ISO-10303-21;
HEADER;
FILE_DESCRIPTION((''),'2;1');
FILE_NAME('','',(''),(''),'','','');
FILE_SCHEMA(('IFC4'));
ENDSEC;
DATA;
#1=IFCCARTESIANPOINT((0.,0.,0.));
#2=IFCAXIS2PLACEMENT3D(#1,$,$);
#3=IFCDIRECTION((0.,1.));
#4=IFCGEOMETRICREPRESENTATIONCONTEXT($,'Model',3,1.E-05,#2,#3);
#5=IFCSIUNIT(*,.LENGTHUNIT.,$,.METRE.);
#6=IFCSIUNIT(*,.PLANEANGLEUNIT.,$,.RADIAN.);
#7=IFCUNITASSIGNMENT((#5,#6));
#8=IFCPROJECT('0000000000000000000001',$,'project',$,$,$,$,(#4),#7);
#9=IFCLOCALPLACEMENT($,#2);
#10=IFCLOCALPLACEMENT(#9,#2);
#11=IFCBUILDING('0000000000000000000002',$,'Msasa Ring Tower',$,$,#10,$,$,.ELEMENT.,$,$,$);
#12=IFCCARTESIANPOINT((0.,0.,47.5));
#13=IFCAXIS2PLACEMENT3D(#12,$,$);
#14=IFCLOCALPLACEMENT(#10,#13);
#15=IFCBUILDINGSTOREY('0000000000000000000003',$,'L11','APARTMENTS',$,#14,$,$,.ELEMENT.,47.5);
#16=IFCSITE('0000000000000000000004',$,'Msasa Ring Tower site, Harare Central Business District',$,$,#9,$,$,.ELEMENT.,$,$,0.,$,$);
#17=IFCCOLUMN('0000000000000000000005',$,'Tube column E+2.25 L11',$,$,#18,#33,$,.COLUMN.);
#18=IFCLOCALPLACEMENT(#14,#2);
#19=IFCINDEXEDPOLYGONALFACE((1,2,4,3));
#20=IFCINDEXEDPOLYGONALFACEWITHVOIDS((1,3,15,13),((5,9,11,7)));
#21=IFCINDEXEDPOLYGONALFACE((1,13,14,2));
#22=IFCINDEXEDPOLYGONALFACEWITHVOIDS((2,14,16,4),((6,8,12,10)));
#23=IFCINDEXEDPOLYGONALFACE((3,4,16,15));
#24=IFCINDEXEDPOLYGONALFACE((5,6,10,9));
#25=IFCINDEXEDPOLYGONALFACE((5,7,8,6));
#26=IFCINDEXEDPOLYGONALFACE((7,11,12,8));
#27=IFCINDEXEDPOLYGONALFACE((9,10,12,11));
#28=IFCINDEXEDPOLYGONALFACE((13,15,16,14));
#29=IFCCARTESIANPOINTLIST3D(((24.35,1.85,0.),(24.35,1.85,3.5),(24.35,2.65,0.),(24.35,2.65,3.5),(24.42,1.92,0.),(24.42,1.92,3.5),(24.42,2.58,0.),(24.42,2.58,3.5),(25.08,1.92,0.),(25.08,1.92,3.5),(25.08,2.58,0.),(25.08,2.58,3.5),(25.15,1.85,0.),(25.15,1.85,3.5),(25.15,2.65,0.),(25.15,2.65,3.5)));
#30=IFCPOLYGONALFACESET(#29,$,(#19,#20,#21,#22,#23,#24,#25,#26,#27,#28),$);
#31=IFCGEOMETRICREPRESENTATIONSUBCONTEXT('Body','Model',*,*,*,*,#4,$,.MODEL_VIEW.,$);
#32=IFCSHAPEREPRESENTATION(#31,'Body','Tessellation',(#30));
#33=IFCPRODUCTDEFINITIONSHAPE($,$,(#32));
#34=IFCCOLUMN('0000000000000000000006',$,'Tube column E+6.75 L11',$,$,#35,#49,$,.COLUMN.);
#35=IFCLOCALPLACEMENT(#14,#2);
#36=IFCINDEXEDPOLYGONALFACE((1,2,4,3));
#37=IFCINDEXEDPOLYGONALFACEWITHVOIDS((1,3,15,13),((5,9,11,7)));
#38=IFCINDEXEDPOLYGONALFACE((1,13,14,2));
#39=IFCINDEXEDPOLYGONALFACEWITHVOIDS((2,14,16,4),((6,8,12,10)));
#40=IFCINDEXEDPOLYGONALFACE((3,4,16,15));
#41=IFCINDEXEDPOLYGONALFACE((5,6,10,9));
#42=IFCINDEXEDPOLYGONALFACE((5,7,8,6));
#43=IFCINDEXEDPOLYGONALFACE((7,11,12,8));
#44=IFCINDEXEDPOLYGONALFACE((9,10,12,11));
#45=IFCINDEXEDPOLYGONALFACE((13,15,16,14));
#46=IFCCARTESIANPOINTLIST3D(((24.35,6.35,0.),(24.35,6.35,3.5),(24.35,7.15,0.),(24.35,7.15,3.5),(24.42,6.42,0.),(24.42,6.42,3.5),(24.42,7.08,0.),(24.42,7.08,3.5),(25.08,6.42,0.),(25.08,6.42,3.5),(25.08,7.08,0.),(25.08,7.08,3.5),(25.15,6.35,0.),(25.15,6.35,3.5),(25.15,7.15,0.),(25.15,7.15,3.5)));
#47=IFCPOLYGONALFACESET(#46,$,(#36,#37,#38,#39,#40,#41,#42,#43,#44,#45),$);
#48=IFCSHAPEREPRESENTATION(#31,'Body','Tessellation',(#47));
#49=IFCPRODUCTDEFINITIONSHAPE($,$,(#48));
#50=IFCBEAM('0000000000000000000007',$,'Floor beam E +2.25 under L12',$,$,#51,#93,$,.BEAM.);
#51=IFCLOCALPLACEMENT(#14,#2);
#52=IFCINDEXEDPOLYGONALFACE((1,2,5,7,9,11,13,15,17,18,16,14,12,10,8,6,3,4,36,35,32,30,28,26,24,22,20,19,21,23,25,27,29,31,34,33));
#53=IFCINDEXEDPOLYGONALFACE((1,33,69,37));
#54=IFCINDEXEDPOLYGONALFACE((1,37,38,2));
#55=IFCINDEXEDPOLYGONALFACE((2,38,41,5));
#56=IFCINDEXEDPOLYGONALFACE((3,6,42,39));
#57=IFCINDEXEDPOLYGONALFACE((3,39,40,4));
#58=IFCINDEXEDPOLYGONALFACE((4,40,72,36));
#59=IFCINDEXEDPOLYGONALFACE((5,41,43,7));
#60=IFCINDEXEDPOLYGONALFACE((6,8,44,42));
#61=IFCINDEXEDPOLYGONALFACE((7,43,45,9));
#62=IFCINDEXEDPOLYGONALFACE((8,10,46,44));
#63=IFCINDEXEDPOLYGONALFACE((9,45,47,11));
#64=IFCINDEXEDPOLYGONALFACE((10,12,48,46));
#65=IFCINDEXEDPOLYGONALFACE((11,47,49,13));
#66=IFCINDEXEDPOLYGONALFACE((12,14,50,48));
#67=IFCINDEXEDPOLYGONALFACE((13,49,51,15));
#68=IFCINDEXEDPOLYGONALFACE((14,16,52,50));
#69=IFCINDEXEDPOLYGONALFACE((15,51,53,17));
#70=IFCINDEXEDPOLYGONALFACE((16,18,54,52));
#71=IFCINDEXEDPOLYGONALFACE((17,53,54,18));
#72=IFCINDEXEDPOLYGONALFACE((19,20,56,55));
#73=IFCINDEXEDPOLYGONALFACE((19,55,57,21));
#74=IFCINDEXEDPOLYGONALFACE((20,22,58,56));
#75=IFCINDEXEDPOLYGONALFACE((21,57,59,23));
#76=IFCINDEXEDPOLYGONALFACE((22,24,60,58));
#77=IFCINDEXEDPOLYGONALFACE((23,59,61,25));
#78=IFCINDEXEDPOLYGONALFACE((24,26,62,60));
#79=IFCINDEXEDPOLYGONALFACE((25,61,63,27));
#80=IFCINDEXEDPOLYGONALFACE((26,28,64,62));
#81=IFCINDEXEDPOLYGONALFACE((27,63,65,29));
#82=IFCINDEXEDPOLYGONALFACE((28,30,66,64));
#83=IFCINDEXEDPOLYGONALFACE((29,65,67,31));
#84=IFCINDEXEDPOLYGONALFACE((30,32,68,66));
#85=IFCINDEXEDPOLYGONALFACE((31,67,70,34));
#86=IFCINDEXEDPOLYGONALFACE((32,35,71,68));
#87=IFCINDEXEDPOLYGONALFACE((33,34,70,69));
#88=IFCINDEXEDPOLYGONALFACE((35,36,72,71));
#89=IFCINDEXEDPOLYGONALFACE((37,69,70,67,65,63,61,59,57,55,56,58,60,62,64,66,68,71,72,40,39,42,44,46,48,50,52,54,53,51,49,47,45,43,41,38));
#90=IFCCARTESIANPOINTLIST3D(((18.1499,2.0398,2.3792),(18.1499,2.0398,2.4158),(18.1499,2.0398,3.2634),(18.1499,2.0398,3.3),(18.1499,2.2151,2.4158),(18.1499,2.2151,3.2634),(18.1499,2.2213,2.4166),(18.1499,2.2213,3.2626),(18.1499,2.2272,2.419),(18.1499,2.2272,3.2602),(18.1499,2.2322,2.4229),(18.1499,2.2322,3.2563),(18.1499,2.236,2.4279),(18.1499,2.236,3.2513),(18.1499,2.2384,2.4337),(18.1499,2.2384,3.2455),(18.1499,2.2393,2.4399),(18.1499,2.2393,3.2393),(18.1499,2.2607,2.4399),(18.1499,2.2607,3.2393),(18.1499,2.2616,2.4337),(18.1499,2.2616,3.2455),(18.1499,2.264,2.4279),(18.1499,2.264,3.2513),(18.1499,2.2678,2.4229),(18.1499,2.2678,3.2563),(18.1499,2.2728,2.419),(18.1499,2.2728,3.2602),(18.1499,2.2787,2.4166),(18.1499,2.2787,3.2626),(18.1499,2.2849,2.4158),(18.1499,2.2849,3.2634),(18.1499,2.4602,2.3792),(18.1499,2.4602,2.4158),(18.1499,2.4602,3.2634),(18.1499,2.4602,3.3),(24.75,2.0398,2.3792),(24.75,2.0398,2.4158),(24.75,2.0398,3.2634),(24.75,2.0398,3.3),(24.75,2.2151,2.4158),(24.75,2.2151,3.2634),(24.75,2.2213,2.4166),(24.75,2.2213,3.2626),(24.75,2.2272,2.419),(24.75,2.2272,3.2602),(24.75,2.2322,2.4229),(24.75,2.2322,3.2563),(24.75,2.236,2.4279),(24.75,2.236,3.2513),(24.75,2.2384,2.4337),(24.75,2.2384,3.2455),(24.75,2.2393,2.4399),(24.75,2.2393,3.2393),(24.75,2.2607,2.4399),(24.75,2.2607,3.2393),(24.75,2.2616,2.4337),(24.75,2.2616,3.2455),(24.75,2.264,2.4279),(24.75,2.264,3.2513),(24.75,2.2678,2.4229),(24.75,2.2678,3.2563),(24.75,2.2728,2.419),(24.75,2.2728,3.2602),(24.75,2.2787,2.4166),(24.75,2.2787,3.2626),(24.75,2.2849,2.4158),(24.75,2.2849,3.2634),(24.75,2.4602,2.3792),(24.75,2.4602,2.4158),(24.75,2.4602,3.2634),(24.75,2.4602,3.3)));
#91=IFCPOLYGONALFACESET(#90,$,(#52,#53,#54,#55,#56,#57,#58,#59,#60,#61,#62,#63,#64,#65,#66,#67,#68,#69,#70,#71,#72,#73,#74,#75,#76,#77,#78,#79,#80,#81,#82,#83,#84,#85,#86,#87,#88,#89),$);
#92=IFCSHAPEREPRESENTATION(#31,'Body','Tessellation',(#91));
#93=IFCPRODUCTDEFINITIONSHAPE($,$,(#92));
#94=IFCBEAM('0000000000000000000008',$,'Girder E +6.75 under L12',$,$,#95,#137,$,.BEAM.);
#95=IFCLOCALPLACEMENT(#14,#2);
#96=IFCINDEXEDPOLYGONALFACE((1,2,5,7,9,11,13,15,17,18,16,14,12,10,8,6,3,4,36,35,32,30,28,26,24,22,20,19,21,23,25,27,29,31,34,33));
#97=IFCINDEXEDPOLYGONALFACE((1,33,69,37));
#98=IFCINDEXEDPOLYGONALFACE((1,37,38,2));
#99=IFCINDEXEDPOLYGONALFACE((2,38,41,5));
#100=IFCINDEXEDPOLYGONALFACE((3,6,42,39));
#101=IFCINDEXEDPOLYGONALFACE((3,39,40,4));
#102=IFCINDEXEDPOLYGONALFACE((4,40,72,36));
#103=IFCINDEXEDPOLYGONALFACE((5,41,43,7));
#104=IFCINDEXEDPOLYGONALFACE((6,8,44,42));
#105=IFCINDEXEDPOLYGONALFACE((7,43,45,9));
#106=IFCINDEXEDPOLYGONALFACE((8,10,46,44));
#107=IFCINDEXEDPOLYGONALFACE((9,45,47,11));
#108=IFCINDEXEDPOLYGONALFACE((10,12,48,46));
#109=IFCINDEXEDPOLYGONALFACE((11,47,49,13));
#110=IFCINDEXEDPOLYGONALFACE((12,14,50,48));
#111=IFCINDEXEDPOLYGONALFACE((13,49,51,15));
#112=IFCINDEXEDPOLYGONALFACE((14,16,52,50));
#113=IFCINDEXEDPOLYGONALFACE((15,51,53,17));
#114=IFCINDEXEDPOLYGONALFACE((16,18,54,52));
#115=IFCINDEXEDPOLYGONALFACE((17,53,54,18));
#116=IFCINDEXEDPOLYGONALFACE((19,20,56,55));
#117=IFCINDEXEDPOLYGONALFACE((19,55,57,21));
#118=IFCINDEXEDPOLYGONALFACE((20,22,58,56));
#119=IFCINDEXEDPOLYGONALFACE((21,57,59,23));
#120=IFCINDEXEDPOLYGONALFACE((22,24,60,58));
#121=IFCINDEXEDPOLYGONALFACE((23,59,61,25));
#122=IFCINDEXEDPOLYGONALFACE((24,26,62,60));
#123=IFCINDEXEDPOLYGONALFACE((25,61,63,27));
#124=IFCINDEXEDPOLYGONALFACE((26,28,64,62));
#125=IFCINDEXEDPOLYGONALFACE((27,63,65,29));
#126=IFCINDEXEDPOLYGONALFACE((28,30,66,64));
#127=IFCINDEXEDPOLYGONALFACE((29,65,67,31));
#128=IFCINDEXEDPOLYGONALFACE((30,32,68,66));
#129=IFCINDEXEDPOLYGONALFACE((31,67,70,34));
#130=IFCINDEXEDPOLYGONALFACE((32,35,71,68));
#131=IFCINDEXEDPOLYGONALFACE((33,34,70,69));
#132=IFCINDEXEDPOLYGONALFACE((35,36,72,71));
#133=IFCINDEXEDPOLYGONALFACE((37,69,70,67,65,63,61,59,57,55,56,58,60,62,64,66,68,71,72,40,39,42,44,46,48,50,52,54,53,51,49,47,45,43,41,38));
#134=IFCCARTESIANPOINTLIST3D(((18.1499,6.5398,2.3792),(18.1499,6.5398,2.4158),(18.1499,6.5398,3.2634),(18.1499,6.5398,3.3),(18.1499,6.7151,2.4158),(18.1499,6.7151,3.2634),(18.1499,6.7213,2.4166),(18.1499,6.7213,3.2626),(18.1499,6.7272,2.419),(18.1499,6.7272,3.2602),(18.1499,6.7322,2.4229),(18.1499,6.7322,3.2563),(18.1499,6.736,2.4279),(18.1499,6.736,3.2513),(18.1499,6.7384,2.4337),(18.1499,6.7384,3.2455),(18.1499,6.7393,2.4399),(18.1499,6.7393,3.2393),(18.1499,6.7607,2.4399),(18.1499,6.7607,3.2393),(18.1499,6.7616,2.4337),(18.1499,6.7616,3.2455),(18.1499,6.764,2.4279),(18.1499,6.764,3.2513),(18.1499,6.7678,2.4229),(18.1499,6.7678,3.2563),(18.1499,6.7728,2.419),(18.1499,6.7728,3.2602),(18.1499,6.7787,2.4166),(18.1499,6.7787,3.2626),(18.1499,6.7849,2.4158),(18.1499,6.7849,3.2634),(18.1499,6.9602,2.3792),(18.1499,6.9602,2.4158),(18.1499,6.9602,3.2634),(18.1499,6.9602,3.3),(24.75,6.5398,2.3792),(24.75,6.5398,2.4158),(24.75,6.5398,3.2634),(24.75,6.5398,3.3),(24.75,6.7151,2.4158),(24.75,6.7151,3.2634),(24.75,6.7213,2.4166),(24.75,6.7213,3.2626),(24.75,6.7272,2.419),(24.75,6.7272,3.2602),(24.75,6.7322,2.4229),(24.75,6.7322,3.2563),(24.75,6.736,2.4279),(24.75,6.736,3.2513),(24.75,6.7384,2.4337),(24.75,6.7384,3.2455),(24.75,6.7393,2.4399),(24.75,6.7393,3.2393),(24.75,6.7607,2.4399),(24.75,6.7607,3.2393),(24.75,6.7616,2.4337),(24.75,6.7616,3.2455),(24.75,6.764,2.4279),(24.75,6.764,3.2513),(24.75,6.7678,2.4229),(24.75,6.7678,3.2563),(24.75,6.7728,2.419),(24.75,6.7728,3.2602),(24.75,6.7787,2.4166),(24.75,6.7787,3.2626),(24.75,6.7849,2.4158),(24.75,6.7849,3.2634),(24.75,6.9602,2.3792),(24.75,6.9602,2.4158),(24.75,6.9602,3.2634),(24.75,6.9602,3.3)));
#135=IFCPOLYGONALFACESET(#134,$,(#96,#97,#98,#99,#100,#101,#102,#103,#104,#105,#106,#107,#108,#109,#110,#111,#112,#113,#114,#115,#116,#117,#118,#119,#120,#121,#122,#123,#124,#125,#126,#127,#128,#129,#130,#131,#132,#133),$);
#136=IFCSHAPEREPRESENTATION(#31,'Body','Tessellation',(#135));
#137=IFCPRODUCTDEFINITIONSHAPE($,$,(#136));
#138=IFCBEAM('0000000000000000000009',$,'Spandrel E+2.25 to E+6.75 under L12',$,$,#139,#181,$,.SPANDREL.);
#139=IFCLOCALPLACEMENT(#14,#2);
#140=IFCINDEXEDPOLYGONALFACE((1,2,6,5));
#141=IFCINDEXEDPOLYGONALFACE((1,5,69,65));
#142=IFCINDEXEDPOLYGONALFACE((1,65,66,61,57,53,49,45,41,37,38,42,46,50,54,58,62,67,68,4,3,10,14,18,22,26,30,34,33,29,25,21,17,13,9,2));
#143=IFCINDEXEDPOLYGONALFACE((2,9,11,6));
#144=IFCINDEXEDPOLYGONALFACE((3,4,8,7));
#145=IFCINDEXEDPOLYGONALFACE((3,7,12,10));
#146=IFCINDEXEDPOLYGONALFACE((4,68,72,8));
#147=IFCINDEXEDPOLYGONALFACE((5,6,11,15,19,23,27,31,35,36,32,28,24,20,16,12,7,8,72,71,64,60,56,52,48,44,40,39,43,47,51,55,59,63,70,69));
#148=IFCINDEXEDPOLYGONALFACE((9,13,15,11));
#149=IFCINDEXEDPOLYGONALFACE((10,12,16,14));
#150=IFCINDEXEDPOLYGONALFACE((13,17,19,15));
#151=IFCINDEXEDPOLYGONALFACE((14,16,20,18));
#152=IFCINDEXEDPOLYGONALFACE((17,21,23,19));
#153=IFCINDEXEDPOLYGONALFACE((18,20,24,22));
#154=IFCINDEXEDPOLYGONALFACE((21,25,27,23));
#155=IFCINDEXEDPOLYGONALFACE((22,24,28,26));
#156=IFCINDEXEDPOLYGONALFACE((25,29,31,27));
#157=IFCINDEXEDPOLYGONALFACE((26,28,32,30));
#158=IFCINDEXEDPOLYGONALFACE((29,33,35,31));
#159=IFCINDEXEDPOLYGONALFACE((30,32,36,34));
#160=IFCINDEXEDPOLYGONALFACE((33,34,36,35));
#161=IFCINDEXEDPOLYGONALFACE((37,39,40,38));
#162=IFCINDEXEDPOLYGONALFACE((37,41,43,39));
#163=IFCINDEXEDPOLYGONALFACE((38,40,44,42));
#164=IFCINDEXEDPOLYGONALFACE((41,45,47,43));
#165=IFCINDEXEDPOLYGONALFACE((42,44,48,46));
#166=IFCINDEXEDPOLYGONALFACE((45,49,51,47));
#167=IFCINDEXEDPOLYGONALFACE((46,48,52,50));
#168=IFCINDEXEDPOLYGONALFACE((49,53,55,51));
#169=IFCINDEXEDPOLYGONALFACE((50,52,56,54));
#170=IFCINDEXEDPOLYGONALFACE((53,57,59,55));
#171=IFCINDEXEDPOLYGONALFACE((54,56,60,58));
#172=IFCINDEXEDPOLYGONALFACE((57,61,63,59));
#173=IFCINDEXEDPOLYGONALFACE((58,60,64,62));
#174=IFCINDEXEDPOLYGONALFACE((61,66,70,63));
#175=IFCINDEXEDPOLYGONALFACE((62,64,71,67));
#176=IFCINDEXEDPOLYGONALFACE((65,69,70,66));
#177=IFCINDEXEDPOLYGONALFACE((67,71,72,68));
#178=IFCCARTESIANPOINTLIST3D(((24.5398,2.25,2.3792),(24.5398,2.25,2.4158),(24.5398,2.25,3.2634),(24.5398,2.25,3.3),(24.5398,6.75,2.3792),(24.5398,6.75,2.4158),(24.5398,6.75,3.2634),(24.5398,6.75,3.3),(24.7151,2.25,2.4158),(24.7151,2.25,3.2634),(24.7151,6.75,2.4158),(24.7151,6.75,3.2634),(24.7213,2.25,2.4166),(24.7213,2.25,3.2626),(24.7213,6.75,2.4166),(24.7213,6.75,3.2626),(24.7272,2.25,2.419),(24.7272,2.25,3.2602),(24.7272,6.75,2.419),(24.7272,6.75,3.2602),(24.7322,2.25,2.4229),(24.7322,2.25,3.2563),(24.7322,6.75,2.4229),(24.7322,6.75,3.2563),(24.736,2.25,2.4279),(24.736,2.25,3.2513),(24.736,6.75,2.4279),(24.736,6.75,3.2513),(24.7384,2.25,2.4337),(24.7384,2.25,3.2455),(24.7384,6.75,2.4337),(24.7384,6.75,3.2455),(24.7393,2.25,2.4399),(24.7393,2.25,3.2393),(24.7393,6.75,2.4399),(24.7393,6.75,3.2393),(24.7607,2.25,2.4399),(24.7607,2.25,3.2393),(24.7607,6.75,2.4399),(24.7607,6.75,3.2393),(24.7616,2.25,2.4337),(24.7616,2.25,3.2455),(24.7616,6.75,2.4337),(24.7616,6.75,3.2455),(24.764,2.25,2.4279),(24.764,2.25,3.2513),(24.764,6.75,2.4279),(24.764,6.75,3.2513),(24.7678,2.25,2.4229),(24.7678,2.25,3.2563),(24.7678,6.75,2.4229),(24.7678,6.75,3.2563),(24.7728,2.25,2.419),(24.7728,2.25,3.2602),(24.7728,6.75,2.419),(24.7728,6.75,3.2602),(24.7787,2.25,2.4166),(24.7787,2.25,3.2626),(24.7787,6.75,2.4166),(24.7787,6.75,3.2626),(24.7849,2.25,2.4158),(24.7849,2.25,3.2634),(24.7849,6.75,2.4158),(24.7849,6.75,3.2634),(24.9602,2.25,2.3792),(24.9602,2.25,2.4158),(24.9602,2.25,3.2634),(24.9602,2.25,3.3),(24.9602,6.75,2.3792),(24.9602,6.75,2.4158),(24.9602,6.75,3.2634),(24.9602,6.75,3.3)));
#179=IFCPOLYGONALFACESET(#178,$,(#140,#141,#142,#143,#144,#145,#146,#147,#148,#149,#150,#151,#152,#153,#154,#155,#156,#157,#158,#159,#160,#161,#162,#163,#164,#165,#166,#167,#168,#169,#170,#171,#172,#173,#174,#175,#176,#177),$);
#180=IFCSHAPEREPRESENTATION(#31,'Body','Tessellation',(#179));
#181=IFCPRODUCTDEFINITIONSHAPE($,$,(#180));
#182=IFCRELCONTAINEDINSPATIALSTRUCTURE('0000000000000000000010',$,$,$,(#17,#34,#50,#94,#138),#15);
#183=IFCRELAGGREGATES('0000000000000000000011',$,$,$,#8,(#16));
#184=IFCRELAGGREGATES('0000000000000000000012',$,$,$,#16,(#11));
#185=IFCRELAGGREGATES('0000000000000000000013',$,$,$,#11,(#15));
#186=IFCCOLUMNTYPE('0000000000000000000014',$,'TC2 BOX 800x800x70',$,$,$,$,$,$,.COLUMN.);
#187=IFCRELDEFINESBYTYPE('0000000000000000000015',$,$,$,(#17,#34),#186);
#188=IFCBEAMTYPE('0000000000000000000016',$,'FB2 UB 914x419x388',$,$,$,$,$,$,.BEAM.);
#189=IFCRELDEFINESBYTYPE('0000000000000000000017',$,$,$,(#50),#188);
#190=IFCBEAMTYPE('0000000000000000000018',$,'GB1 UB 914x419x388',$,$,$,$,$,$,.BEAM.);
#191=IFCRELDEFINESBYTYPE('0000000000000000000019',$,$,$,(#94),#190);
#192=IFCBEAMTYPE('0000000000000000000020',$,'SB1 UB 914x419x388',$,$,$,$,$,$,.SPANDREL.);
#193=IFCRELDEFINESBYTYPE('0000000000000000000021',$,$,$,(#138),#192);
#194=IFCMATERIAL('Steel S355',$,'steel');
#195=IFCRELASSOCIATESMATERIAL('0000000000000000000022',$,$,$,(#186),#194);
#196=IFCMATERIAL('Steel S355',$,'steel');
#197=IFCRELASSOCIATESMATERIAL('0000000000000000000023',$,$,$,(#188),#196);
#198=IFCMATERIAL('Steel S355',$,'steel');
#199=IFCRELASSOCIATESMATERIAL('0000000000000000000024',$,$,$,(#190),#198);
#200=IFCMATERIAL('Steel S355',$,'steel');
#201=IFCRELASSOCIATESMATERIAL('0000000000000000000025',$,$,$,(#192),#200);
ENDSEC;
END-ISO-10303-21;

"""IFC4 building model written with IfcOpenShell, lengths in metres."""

from ifc_helpers import new_model, si_unit, direction, frame, origin, origin_2d, place, context, subcontext, project, spatial, hollow_rectangle, i_section, extrude, material, material_profile, profile_set, type_object, element, save


model = new_model("IFC4")

# Units and contexts
model_context = context("Model", 3, precision=1e-05, world=origin(), true_north=direction((0.0, 1.0)))
body_context = subcontext(model_context, "Body", "Model", "MODEL_VIEW")
ifc_project = project(units=[si_unit("LENGTHUNIT", "METRE"), si_unit("PLANEANGLEUNIT", "RADIAN")], contexts=[model_context])

# Site, building, storey
site_placement = place(None, origin())
site = spatial("IfcSite", under=ifc_project, at=site_placement, Name="Msasa Ring Tower site, Harare Central Business District", CompositionType="ELEMENT", RefElevation=0.0)
building_placement = place(site_placement, origin())
building = spatial("IfcBuilding", under=site, at=building_placement, Name="Msasa Ring Tower", CompositionType="ELEMENT")
storey_placement = place(building_placement, frame((0.0, 0.0, 47.5)))
storey = spatial("IfcBuildingStorey", under=building, at=storey_placement, Name="L11", Description="APARTMENTS", CompositionType="ELEMENT", Elevation=47.5)

# Columns
ifc_material_1 = material(Name="Steel S355", Category="steel")
ifc_material_profile_1 = material_profile(ifc_material_1, hollow_rectangle(XDim=0.8, YDim=0.8, WallThickness=0.0701, at=origin_2d()), Name="BOX 800x800x70")
ifc_profile_set_1 = profile_set([ifc_material_profile_1], Name="Steel S355")
column_type = type_object("IfcColumnType", Name="TC2 BOX 800x800x70", PredefinedType="COLUMN", material=ifc_profile_set_1)
for number, where, z_axis, x_axis, name in (
    (1, (24.75, 2.25, 0.0), (0.0, 0.0, 1.0), (1.0, 0.0, 0.0), "Tube column E+2.25 L11"),
    (2, (24.75, 6.75, 0.0), (0.0, 0.0, 1.0), (1.0, 0.0, 0.0), "Tube column E+6.75 L11"),
):
    element("IfcColumn", number, at=place(storey_placement, frame(where, z_axis=z_axis, x_axis=x_axis)), inside=storey, type_object=column_type, Name=name, PredefinedType="COLUMN", context=body_context, shape_type="SweptSolid", body=[
        extrude(hollow_rectangle(XDim=0.8, YDim=0.8, WallThickness=0.0701, at=origin_2d()), origin(), (0.0, 0.0, 1.0), 3.5),
    ])

# Beams
ifc_material_2 = material(Name="Steel S355", Category="steel")
ifc_material_profile_2 = material_profile(ifc_material_2, i_section(OverallWidth=0.4204, OverallDepth=0.9209, WebThickness=0.0215, FlangeThickness=0.0366, FilletRadius=0.0242, at=origin_2d()), Name="UB 914x419x388")
ifc_profile_set_2 = profile_set([ifc_material_profile_2], Name="Steel S355")
beam_type_1 = type_object("IfcBeamType", Name="FB2 UB 914x419x388", PredefinedType="BEAM", material=ifc_profile_set_2)
beam_1_placement = place(storey_placement, frame((24.75, 2.25, 2.8396), z_axis=(-1.0, 0.0, 0.0), x_axis=(0.0, -1.0, 0.0)))
element("IfcBeam", 3, at=beam_1_placement, inside=storey, type_object=beam_type_1, Name="Floor beam E +2.25 under L12", PredefinedType="BEAM", context=body_context, shape_type="SweptSolid", body=[
    extrude(i_section(OverallWidth=0.4204, OverallDepth=0.9209, WebThickness=0.0215, FlangeThickness=0.0366, FilletRadius=0.0242, at=origin_2d()), origin(), (0.0, 0.0, 1.0), 6.6001),
])
ifc_material_3 = material(Name="Steel S355", Category="steel")
ifc_material_profile_3 = material_profile(ifc_material_3, i_section(OverallWidth=0.4204, OverallDepth=0.9209, WebThickness=0.0215, FlangeThickness=0.0366, FilletRadius=0.0242, at=origin_2d()), Name="UB 914x419x388")
ifc_profile_set_3 = profile_set([ifc_material_profile_3], Name="Steel S355")
beam_type_2 = type_object("IfcBeamType", Name="GB1 UB 914x419x388", PredefinedType="BEAM", material=ifc_profile_set_3)
beam_2_placement = place(storey_placement, frame((18.1499, 6.75, 2.8396), z_axis=(1.0, 0.0, 0.0), x_axis=(0.0, 1.0, 0.0)))
element("IfcBeam", 4, at=beam_2_placement, inside=storey, type_object=beam_type_2, Name="Girder E +6.75 under L12", PredefinedType="BEAM", context=body_context, shape_type="SweptSolid", body=[
    extrude(i_section(OverallWidth=0.4204, OverallDepth=0.9209, WebThickness=0.0215, FlangeThickness=0.0366, FilletRadius=0.0242, at=origin_2d()), origin(), (0.0, 0.0, 1.0), 6.6001),
])
ifc_material_4 = material(Name="Steel S355", Category="steel")
ifc_material_profile_4 = material_profile(ifc_material_4, i_section(OverallWidth=0.4204, OverallDepth=0.9209, WebThickness=0.0215, FlangeThickness=0.0366, FilletRadius=0.0242, at=origin_2d()), Name="UB 914x419x388")
ifc_profile_set_4 = profile_set([ifc_material_profile_4], Name="Steel S355")
beam_type_3 = type_object("IfcBeamType", Name="SB1 UB 914x419x388", PredefinedType="SPANDREL", material=ifc_profile_set_4)
for number, where, z_axis, x_axis, name in (
    (5, (24.75, 2.25, 2.8396), (0.0, 1.0, 0.0), (-1.0, 0.0, 0.0), "Spandrel E+2.25 to E+6.75 under L12"),
):
    element("IfcBeam", number, at=place(storey_placement, frame(where, z_axis=z_axis, x_axis=x_axis)), inside=storey, type_object=beam_type_3, Name=name, PredefinedType="SPANDREL", context=body_context, shape_type="SweptSolid", body=[
        extrude(i_section(OverallWidth=0.4204, OverallDepth=0.9209, WebThickness=0.0215, FlangeThickness=0.0366, FilletRadius=0.0242, at=origin_2d()), origin(), (0.0, 0.0, 1.0), 4.5),
    ])

save(model, "model.ifc")
